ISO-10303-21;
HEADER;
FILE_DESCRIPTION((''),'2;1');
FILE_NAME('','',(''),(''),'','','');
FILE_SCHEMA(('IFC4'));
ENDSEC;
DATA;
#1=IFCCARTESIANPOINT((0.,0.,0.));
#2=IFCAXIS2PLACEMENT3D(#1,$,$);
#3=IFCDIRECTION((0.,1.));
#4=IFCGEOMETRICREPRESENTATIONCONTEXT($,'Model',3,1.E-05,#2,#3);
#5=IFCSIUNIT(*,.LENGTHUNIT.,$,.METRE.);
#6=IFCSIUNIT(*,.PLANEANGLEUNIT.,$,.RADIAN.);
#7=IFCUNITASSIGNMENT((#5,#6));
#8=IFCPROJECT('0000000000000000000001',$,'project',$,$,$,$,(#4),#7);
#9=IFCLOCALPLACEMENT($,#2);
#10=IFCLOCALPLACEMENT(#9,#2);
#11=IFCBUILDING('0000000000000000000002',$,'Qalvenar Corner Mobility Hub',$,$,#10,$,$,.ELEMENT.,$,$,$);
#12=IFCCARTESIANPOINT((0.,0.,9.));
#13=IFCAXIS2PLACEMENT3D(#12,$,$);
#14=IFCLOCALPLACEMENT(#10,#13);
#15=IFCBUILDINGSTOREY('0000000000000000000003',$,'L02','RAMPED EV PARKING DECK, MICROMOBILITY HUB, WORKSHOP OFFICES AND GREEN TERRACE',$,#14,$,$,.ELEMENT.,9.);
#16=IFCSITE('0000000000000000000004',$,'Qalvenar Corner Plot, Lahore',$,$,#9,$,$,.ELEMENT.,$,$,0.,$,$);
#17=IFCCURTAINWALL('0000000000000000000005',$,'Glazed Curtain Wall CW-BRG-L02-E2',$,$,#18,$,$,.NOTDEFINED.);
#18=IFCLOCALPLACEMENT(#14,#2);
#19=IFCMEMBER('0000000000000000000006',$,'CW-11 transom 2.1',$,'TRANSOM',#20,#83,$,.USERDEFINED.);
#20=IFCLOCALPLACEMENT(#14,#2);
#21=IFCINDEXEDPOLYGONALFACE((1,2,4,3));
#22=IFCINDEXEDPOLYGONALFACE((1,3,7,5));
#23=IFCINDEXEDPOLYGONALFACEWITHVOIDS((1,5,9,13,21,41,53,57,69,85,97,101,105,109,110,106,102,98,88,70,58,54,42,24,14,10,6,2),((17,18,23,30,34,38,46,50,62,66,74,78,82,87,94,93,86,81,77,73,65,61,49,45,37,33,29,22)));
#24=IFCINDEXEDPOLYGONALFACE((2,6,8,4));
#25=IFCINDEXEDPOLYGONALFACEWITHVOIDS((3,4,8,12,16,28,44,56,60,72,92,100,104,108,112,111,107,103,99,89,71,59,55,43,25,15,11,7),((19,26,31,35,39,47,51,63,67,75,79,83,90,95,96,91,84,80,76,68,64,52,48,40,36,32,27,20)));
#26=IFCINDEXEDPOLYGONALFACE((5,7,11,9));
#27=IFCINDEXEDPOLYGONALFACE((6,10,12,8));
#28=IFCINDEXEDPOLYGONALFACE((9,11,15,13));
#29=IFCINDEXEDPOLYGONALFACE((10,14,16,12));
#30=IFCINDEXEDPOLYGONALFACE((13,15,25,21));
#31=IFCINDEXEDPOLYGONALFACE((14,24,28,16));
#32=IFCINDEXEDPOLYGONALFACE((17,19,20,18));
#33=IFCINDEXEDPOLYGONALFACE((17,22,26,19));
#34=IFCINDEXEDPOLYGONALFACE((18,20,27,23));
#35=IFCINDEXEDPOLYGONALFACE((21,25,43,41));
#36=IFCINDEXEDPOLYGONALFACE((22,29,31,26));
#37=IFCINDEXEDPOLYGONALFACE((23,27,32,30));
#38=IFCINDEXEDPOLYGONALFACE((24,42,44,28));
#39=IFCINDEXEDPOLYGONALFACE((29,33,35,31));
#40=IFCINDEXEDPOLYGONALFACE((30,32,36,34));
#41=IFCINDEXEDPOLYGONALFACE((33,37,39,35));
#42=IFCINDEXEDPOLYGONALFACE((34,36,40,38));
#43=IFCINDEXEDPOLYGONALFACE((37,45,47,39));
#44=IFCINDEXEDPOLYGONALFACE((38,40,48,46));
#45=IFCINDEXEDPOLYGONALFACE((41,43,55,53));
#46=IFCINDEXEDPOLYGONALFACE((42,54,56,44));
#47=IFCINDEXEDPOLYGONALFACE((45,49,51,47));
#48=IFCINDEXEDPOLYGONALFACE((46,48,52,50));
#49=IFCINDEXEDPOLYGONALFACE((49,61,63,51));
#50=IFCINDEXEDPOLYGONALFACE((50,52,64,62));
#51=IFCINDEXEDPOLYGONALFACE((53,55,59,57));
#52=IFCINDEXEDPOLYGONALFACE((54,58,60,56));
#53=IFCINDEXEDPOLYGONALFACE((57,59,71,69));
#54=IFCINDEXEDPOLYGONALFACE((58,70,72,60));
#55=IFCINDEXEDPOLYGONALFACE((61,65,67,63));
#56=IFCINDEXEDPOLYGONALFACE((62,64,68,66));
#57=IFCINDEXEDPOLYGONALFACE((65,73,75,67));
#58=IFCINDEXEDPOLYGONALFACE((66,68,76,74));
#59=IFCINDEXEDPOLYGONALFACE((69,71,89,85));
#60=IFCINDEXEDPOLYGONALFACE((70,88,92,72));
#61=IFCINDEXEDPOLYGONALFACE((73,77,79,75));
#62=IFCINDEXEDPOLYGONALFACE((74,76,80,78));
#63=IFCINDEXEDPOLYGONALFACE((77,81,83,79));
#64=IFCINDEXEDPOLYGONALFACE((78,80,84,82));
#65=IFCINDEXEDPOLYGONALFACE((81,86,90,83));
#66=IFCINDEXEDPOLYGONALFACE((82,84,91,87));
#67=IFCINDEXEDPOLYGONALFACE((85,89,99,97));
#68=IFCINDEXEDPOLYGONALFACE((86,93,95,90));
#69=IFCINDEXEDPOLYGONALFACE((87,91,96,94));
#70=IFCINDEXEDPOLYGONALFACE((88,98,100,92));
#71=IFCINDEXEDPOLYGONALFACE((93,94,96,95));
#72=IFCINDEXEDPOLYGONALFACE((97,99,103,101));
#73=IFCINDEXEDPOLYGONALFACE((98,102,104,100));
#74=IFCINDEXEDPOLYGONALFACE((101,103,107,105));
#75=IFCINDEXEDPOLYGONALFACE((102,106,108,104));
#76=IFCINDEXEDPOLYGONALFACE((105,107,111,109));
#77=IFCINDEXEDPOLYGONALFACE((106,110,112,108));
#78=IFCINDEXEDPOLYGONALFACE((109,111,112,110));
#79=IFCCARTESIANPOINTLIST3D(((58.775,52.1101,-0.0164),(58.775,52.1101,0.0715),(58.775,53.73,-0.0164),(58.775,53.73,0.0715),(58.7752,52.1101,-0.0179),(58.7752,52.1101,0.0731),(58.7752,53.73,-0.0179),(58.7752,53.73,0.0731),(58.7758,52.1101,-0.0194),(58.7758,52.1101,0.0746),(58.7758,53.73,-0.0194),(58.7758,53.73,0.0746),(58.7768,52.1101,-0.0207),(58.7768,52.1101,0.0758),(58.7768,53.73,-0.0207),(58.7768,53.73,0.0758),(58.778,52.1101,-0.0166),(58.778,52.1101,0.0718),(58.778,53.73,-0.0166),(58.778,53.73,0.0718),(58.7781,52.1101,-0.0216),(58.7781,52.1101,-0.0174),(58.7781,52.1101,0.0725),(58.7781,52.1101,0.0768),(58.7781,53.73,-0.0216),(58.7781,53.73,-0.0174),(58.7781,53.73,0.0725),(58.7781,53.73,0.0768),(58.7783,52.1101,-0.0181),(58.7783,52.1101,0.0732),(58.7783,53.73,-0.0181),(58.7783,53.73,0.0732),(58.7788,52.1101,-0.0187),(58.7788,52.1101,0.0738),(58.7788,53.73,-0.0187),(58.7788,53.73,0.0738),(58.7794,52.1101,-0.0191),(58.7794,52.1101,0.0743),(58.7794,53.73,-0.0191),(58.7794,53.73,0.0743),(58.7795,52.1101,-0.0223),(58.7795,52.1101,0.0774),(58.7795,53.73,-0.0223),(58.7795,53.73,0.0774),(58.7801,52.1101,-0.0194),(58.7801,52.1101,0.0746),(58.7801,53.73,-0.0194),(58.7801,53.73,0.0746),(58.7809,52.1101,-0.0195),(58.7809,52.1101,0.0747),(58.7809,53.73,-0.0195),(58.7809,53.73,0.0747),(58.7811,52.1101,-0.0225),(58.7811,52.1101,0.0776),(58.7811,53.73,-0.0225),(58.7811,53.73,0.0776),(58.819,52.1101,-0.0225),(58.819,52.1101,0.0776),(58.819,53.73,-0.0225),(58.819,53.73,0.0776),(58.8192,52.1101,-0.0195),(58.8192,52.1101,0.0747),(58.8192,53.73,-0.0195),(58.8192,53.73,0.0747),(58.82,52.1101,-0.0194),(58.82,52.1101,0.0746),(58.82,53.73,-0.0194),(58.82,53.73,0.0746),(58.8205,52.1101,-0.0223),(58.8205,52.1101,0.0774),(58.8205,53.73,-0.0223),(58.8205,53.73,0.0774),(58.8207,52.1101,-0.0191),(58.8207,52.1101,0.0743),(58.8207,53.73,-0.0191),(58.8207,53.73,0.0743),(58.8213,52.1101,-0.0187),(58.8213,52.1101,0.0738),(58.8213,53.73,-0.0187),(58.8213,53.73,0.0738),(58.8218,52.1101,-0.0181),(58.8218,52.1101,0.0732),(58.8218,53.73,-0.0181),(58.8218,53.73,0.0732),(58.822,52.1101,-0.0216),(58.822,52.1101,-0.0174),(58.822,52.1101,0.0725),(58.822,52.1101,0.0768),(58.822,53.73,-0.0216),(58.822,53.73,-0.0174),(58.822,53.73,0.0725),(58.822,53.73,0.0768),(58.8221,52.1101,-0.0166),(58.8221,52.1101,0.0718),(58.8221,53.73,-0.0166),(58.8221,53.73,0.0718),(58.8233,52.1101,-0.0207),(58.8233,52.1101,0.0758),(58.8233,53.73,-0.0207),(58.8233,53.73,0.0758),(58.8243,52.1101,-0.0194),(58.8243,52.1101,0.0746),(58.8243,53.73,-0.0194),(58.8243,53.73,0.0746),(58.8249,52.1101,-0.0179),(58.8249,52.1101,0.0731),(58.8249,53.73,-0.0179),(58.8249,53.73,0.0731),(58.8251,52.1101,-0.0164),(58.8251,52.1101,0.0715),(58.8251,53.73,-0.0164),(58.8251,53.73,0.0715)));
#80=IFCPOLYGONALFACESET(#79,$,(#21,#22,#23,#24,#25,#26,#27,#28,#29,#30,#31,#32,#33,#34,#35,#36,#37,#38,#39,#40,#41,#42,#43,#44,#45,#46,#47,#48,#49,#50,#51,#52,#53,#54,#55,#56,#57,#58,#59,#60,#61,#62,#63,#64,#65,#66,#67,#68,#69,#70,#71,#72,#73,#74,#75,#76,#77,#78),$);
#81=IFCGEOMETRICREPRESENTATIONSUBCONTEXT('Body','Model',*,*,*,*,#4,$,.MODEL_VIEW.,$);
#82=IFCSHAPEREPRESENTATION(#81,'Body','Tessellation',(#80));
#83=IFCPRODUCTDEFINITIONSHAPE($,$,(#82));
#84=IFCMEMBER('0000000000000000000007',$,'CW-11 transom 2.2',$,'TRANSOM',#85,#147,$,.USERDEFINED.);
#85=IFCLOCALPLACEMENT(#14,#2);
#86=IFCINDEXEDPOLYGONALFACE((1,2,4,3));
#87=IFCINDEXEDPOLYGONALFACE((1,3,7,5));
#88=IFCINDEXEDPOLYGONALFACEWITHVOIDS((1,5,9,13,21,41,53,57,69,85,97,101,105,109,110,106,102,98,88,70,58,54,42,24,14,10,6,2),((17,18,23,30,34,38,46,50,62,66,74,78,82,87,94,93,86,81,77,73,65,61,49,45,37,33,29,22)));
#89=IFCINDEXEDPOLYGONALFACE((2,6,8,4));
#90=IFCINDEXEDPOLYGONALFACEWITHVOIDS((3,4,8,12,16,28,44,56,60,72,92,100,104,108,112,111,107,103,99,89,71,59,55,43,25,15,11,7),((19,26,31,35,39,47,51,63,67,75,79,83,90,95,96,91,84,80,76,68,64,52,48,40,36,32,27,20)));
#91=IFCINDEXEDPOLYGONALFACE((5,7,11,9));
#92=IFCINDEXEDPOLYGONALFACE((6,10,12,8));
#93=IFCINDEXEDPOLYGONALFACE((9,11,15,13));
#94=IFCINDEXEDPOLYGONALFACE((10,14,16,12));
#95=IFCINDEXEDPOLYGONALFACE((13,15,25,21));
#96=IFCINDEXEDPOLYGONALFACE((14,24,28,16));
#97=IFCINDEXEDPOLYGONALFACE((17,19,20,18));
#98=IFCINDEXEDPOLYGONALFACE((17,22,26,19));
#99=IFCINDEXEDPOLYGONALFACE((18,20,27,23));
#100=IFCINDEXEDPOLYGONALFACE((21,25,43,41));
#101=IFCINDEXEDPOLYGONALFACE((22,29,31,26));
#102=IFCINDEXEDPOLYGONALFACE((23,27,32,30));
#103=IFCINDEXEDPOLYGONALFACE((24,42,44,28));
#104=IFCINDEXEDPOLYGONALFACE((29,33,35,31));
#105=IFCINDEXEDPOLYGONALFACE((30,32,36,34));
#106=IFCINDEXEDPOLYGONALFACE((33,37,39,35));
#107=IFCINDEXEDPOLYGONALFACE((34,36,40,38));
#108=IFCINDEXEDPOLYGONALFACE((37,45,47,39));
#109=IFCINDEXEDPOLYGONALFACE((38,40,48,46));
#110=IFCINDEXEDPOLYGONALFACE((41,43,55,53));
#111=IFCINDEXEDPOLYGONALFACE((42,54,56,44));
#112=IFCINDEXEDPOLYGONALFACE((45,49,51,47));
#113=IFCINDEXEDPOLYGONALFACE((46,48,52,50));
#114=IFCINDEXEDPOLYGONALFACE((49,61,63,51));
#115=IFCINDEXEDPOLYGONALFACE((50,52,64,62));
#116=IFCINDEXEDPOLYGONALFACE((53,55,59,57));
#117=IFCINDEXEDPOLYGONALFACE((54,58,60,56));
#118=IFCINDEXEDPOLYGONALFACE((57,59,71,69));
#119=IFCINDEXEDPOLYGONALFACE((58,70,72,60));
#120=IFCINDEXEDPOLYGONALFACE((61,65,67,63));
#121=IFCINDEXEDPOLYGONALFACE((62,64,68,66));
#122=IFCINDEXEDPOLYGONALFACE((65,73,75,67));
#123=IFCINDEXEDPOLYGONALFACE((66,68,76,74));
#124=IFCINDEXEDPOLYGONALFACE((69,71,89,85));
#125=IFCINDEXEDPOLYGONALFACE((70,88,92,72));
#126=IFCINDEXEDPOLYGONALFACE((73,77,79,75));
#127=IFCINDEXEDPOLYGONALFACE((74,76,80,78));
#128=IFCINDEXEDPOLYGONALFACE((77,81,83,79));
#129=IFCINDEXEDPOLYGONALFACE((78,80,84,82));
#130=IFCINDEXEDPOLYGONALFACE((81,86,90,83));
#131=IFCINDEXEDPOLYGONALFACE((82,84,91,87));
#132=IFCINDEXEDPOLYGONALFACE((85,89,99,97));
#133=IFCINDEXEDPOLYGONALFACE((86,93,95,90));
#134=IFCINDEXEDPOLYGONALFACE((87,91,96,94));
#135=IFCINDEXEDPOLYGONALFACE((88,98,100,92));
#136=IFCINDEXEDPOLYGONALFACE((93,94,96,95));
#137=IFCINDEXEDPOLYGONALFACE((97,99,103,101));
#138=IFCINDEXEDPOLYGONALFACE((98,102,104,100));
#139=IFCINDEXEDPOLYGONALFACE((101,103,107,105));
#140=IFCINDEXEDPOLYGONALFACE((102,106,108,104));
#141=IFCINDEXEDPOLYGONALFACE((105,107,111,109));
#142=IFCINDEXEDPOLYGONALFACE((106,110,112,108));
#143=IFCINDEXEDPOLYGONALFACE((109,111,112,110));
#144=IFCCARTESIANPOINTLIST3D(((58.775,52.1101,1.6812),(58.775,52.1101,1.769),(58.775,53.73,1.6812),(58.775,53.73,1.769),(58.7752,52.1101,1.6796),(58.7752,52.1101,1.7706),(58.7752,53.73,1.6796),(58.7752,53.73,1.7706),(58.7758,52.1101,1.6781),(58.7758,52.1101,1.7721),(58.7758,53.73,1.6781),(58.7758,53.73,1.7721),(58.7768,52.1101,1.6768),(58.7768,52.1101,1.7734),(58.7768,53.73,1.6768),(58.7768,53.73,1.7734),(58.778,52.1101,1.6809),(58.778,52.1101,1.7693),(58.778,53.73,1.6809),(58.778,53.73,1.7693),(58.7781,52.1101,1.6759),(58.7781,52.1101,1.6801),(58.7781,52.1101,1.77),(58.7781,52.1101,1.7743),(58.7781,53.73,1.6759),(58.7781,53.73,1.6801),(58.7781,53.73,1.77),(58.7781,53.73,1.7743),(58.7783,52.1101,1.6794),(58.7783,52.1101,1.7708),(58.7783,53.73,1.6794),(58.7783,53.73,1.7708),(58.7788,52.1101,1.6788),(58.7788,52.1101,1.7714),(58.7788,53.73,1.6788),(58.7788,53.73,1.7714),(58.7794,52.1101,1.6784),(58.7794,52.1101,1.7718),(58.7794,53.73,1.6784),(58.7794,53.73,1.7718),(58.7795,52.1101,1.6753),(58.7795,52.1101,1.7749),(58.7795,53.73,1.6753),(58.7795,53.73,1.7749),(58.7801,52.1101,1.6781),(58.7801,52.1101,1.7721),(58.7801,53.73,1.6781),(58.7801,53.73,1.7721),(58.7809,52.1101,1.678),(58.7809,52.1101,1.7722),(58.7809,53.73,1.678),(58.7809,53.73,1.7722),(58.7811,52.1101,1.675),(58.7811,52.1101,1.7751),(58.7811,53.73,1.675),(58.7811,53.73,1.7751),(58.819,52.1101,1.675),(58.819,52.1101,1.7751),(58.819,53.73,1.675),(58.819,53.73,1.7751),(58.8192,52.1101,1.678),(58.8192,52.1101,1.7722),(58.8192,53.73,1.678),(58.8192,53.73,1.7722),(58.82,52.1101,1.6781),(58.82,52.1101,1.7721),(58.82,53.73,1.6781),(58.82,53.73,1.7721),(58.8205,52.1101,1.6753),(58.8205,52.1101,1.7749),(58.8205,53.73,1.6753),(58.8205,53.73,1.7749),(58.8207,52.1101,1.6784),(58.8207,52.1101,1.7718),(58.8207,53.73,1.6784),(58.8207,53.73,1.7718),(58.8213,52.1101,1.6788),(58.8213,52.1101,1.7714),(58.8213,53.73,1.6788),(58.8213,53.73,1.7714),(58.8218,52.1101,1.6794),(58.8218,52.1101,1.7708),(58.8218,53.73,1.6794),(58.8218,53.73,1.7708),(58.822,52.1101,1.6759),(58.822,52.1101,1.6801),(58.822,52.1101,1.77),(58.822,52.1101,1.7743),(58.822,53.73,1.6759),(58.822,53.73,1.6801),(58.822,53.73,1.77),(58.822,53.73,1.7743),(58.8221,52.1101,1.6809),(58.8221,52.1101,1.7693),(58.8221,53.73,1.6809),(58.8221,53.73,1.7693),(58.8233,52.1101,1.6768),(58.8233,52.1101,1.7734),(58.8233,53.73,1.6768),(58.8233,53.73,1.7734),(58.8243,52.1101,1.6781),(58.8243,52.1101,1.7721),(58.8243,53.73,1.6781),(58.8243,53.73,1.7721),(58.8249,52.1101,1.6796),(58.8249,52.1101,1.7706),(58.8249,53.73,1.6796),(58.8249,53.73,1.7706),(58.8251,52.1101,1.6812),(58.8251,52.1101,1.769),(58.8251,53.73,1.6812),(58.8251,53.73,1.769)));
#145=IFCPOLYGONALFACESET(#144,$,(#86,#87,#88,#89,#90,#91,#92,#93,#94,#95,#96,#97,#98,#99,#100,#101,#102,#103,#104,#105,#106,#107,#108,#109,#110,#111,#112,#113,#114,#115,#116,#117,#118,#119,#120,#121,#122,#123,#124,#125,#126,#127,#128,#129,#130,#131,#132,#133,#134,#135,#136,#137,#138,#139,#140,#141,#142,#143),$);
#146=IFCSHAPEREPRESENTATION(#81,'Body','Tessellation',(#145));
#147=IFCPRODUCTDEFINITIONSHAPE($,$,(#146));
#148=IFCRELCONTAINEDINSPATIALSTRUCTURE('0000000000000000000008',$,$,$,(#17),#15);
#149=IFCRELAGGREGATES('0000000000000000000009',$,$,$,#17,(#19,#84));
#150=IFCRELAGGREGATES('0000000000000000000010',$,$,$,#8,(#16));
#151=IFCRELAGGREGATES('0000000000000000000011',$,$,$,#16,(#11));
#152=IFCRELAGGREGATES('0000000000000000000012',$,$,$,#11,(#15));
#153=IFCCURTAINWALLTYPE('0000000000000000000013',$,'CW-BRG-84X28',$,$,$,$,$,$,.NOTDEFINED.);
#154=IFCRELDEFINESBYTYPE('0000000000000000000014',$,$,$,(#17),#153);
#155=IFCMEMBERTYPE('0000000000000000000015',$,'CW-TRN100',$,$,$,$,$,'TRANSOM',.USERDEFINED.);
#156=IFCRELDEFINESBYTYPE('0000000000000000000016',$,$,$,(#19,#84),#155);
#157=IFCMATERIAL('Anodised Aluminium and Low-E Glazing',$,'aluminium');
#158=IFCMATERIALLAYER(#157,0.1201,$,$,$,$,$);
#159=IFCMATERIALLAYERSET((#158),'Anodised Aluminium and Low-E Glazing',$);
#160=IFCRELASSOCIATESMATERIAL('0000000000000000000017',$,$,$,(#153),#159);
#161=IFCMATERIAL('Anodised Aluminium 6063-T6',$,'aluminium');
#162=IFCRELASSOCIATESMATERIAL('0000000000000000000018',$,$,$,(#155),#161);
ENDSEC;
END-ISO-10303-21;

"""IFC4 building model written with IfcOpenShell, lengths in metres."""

from ifc_helpers import new_model, si_unit, direction, frame, origin, origin_2d, place, context, subcontext, project, spatial, hollow_rectangle, extrude, material, layer, layer_set, material_profile, profile_set, type_object, element, aggregate, save


model = new_model("IFC4")

# Units and contexts
model_context = context("Model", 3, precision=1e-05, world=origin(), true_north=direction((0.0, 1.0)))
body_context = subcontext(model_context, "Body", "Model", "MODEL_VIEW")
ifc_project = project(units=[si_unit("LENGTHUNIT", "METRE"), si_unit("PLANEANGLEUNIT", "RADIAN")], contexts=[model_context])

# Site, building, storey
site_placement = place(None, origin())
site = spatial("IfcSite", under=ifc_project, at=site_placement, Name="Qalvenar Corner Plot, Lahore", CompositionType="ELEMENT", RefElevation=0.0)
building_placement = place(site_placement, origin())
building = spatial("IfcBuilding", under=site, at=building_placement, Name="Qalvenar Corner Mobility Hub", CompositionType="ELEMENT")
storey_placement = place(building_placement, frame((0.0, 0.0, 9.0)))
storey = spatial("IfcBuildingStorey", under=building, at=storey_placement, Name="L02", Description="RAMPED EV PARKING DECK, MICROMOBILITY HUB, WORKSHOP OFFICES AND GREEN TERRACE", CompositionType="ELEMENT", Elevation=9.0)

# Curtain wall, members
ifc_material_1 = material(Name="Anodised Aluminium and Low-E Glazing", Category="aluminium")
ifc_layer_1 = layer(ifc_material_1, 0.1201)
ifc_layer_set_1 = layer_set([ifc_layer_1], Name="Anodised Aluminium and Low-E Glazing")
curtain_wall_type = type_object("IfcCurtainWallType", Name="CW-BRG-84X28", PredefinedType="NOTDEFINED", material=ifc_layer_set_1)
curtain_wall_placement = place(storey_placement, origin())
curtain_wall = element("IfcCurtainWall", 1, at=curtain_wall_placement, inside=storey, type_object=curtain_wall_type, Name="Glazed Curtain Wall CW-BRG-L02-E2", PredefinedType="NOTDEFINED")
ifc_material_2 = material(Name="Anodised Aluminium 6063-T6", Category="aluminium")
ifc_material_profile_1 = material_profile(ifc_material_2, hollow_rectangle(XDim=0.05, YDim=0.1001, WallThickness=0.0029, InnerFilletRadius=0.0029, OuterFilletRadius=0.0061, at=origin_2d()), Name="RHS100x50x3")
ifc_profile_set_1 = profile_set([ifc_material_profile_1], Name="Anodised Aluminium 6063-T6")
member_type_1 = type_object("IfcMemberType", Name="CW-TRN100", ElementType="TRANSOM", PredefinedType="USERDEFINED", material=ifc_profile_set_1)
member_1_placement = place(storey_placement, frame((58.8, 52.1101, 0.0276), z_axis=(0.0, 1.0, 0.0), x_axis=(-1.0, 0.0, 0.0)))
member_1 = element("IfcMember", 2, at=member_1_placement, type_object=member_type_1, Name="CW-11 transom 2.1", ObjectType="TRANSOM", PredefinedType="USERDEFINED", context=body_context, shape_type="SweptSolid", body=[
    extrude(hollow_rectangle(XDim=0.05, YDim=0.1001, WallThickness=0.0029, InnerFilletRadius=0.0029, OuterFilletRadius=0.0061, at=origin_2d()), origin(), (0.0, 0.0, 1.0), 1.6199),
])
member_2_placement = place(storey_placement, frame((58.8, 52.1101, 1.7251), z_axis=(0.0, 1.0, 0.0), x_axis=(-1.0, 0.0, 0.0)))
member_2 = element("IfcMember", 3, at=member_2_placement, type_object=member_type_1, Name="CW-11 transom 2.2", ObjectType="TRANSOM", PredefinedType="USERDEFINED", context=body_context, shape_type="SweptSolid", body=[
    extrude(hollow_rectangle(XDim=0.05, YDim=0.1001, WallThickness=0.0029, InnerFilletRadius=0.0029, OuterFilletRadius=0.0061, at=origin_2d()), origin(), (0.0, 0.0, 1.0), 1.6199),
])
aggregate(curtain_wall, [member_1, member_2])

save(model, "model.ifc")
